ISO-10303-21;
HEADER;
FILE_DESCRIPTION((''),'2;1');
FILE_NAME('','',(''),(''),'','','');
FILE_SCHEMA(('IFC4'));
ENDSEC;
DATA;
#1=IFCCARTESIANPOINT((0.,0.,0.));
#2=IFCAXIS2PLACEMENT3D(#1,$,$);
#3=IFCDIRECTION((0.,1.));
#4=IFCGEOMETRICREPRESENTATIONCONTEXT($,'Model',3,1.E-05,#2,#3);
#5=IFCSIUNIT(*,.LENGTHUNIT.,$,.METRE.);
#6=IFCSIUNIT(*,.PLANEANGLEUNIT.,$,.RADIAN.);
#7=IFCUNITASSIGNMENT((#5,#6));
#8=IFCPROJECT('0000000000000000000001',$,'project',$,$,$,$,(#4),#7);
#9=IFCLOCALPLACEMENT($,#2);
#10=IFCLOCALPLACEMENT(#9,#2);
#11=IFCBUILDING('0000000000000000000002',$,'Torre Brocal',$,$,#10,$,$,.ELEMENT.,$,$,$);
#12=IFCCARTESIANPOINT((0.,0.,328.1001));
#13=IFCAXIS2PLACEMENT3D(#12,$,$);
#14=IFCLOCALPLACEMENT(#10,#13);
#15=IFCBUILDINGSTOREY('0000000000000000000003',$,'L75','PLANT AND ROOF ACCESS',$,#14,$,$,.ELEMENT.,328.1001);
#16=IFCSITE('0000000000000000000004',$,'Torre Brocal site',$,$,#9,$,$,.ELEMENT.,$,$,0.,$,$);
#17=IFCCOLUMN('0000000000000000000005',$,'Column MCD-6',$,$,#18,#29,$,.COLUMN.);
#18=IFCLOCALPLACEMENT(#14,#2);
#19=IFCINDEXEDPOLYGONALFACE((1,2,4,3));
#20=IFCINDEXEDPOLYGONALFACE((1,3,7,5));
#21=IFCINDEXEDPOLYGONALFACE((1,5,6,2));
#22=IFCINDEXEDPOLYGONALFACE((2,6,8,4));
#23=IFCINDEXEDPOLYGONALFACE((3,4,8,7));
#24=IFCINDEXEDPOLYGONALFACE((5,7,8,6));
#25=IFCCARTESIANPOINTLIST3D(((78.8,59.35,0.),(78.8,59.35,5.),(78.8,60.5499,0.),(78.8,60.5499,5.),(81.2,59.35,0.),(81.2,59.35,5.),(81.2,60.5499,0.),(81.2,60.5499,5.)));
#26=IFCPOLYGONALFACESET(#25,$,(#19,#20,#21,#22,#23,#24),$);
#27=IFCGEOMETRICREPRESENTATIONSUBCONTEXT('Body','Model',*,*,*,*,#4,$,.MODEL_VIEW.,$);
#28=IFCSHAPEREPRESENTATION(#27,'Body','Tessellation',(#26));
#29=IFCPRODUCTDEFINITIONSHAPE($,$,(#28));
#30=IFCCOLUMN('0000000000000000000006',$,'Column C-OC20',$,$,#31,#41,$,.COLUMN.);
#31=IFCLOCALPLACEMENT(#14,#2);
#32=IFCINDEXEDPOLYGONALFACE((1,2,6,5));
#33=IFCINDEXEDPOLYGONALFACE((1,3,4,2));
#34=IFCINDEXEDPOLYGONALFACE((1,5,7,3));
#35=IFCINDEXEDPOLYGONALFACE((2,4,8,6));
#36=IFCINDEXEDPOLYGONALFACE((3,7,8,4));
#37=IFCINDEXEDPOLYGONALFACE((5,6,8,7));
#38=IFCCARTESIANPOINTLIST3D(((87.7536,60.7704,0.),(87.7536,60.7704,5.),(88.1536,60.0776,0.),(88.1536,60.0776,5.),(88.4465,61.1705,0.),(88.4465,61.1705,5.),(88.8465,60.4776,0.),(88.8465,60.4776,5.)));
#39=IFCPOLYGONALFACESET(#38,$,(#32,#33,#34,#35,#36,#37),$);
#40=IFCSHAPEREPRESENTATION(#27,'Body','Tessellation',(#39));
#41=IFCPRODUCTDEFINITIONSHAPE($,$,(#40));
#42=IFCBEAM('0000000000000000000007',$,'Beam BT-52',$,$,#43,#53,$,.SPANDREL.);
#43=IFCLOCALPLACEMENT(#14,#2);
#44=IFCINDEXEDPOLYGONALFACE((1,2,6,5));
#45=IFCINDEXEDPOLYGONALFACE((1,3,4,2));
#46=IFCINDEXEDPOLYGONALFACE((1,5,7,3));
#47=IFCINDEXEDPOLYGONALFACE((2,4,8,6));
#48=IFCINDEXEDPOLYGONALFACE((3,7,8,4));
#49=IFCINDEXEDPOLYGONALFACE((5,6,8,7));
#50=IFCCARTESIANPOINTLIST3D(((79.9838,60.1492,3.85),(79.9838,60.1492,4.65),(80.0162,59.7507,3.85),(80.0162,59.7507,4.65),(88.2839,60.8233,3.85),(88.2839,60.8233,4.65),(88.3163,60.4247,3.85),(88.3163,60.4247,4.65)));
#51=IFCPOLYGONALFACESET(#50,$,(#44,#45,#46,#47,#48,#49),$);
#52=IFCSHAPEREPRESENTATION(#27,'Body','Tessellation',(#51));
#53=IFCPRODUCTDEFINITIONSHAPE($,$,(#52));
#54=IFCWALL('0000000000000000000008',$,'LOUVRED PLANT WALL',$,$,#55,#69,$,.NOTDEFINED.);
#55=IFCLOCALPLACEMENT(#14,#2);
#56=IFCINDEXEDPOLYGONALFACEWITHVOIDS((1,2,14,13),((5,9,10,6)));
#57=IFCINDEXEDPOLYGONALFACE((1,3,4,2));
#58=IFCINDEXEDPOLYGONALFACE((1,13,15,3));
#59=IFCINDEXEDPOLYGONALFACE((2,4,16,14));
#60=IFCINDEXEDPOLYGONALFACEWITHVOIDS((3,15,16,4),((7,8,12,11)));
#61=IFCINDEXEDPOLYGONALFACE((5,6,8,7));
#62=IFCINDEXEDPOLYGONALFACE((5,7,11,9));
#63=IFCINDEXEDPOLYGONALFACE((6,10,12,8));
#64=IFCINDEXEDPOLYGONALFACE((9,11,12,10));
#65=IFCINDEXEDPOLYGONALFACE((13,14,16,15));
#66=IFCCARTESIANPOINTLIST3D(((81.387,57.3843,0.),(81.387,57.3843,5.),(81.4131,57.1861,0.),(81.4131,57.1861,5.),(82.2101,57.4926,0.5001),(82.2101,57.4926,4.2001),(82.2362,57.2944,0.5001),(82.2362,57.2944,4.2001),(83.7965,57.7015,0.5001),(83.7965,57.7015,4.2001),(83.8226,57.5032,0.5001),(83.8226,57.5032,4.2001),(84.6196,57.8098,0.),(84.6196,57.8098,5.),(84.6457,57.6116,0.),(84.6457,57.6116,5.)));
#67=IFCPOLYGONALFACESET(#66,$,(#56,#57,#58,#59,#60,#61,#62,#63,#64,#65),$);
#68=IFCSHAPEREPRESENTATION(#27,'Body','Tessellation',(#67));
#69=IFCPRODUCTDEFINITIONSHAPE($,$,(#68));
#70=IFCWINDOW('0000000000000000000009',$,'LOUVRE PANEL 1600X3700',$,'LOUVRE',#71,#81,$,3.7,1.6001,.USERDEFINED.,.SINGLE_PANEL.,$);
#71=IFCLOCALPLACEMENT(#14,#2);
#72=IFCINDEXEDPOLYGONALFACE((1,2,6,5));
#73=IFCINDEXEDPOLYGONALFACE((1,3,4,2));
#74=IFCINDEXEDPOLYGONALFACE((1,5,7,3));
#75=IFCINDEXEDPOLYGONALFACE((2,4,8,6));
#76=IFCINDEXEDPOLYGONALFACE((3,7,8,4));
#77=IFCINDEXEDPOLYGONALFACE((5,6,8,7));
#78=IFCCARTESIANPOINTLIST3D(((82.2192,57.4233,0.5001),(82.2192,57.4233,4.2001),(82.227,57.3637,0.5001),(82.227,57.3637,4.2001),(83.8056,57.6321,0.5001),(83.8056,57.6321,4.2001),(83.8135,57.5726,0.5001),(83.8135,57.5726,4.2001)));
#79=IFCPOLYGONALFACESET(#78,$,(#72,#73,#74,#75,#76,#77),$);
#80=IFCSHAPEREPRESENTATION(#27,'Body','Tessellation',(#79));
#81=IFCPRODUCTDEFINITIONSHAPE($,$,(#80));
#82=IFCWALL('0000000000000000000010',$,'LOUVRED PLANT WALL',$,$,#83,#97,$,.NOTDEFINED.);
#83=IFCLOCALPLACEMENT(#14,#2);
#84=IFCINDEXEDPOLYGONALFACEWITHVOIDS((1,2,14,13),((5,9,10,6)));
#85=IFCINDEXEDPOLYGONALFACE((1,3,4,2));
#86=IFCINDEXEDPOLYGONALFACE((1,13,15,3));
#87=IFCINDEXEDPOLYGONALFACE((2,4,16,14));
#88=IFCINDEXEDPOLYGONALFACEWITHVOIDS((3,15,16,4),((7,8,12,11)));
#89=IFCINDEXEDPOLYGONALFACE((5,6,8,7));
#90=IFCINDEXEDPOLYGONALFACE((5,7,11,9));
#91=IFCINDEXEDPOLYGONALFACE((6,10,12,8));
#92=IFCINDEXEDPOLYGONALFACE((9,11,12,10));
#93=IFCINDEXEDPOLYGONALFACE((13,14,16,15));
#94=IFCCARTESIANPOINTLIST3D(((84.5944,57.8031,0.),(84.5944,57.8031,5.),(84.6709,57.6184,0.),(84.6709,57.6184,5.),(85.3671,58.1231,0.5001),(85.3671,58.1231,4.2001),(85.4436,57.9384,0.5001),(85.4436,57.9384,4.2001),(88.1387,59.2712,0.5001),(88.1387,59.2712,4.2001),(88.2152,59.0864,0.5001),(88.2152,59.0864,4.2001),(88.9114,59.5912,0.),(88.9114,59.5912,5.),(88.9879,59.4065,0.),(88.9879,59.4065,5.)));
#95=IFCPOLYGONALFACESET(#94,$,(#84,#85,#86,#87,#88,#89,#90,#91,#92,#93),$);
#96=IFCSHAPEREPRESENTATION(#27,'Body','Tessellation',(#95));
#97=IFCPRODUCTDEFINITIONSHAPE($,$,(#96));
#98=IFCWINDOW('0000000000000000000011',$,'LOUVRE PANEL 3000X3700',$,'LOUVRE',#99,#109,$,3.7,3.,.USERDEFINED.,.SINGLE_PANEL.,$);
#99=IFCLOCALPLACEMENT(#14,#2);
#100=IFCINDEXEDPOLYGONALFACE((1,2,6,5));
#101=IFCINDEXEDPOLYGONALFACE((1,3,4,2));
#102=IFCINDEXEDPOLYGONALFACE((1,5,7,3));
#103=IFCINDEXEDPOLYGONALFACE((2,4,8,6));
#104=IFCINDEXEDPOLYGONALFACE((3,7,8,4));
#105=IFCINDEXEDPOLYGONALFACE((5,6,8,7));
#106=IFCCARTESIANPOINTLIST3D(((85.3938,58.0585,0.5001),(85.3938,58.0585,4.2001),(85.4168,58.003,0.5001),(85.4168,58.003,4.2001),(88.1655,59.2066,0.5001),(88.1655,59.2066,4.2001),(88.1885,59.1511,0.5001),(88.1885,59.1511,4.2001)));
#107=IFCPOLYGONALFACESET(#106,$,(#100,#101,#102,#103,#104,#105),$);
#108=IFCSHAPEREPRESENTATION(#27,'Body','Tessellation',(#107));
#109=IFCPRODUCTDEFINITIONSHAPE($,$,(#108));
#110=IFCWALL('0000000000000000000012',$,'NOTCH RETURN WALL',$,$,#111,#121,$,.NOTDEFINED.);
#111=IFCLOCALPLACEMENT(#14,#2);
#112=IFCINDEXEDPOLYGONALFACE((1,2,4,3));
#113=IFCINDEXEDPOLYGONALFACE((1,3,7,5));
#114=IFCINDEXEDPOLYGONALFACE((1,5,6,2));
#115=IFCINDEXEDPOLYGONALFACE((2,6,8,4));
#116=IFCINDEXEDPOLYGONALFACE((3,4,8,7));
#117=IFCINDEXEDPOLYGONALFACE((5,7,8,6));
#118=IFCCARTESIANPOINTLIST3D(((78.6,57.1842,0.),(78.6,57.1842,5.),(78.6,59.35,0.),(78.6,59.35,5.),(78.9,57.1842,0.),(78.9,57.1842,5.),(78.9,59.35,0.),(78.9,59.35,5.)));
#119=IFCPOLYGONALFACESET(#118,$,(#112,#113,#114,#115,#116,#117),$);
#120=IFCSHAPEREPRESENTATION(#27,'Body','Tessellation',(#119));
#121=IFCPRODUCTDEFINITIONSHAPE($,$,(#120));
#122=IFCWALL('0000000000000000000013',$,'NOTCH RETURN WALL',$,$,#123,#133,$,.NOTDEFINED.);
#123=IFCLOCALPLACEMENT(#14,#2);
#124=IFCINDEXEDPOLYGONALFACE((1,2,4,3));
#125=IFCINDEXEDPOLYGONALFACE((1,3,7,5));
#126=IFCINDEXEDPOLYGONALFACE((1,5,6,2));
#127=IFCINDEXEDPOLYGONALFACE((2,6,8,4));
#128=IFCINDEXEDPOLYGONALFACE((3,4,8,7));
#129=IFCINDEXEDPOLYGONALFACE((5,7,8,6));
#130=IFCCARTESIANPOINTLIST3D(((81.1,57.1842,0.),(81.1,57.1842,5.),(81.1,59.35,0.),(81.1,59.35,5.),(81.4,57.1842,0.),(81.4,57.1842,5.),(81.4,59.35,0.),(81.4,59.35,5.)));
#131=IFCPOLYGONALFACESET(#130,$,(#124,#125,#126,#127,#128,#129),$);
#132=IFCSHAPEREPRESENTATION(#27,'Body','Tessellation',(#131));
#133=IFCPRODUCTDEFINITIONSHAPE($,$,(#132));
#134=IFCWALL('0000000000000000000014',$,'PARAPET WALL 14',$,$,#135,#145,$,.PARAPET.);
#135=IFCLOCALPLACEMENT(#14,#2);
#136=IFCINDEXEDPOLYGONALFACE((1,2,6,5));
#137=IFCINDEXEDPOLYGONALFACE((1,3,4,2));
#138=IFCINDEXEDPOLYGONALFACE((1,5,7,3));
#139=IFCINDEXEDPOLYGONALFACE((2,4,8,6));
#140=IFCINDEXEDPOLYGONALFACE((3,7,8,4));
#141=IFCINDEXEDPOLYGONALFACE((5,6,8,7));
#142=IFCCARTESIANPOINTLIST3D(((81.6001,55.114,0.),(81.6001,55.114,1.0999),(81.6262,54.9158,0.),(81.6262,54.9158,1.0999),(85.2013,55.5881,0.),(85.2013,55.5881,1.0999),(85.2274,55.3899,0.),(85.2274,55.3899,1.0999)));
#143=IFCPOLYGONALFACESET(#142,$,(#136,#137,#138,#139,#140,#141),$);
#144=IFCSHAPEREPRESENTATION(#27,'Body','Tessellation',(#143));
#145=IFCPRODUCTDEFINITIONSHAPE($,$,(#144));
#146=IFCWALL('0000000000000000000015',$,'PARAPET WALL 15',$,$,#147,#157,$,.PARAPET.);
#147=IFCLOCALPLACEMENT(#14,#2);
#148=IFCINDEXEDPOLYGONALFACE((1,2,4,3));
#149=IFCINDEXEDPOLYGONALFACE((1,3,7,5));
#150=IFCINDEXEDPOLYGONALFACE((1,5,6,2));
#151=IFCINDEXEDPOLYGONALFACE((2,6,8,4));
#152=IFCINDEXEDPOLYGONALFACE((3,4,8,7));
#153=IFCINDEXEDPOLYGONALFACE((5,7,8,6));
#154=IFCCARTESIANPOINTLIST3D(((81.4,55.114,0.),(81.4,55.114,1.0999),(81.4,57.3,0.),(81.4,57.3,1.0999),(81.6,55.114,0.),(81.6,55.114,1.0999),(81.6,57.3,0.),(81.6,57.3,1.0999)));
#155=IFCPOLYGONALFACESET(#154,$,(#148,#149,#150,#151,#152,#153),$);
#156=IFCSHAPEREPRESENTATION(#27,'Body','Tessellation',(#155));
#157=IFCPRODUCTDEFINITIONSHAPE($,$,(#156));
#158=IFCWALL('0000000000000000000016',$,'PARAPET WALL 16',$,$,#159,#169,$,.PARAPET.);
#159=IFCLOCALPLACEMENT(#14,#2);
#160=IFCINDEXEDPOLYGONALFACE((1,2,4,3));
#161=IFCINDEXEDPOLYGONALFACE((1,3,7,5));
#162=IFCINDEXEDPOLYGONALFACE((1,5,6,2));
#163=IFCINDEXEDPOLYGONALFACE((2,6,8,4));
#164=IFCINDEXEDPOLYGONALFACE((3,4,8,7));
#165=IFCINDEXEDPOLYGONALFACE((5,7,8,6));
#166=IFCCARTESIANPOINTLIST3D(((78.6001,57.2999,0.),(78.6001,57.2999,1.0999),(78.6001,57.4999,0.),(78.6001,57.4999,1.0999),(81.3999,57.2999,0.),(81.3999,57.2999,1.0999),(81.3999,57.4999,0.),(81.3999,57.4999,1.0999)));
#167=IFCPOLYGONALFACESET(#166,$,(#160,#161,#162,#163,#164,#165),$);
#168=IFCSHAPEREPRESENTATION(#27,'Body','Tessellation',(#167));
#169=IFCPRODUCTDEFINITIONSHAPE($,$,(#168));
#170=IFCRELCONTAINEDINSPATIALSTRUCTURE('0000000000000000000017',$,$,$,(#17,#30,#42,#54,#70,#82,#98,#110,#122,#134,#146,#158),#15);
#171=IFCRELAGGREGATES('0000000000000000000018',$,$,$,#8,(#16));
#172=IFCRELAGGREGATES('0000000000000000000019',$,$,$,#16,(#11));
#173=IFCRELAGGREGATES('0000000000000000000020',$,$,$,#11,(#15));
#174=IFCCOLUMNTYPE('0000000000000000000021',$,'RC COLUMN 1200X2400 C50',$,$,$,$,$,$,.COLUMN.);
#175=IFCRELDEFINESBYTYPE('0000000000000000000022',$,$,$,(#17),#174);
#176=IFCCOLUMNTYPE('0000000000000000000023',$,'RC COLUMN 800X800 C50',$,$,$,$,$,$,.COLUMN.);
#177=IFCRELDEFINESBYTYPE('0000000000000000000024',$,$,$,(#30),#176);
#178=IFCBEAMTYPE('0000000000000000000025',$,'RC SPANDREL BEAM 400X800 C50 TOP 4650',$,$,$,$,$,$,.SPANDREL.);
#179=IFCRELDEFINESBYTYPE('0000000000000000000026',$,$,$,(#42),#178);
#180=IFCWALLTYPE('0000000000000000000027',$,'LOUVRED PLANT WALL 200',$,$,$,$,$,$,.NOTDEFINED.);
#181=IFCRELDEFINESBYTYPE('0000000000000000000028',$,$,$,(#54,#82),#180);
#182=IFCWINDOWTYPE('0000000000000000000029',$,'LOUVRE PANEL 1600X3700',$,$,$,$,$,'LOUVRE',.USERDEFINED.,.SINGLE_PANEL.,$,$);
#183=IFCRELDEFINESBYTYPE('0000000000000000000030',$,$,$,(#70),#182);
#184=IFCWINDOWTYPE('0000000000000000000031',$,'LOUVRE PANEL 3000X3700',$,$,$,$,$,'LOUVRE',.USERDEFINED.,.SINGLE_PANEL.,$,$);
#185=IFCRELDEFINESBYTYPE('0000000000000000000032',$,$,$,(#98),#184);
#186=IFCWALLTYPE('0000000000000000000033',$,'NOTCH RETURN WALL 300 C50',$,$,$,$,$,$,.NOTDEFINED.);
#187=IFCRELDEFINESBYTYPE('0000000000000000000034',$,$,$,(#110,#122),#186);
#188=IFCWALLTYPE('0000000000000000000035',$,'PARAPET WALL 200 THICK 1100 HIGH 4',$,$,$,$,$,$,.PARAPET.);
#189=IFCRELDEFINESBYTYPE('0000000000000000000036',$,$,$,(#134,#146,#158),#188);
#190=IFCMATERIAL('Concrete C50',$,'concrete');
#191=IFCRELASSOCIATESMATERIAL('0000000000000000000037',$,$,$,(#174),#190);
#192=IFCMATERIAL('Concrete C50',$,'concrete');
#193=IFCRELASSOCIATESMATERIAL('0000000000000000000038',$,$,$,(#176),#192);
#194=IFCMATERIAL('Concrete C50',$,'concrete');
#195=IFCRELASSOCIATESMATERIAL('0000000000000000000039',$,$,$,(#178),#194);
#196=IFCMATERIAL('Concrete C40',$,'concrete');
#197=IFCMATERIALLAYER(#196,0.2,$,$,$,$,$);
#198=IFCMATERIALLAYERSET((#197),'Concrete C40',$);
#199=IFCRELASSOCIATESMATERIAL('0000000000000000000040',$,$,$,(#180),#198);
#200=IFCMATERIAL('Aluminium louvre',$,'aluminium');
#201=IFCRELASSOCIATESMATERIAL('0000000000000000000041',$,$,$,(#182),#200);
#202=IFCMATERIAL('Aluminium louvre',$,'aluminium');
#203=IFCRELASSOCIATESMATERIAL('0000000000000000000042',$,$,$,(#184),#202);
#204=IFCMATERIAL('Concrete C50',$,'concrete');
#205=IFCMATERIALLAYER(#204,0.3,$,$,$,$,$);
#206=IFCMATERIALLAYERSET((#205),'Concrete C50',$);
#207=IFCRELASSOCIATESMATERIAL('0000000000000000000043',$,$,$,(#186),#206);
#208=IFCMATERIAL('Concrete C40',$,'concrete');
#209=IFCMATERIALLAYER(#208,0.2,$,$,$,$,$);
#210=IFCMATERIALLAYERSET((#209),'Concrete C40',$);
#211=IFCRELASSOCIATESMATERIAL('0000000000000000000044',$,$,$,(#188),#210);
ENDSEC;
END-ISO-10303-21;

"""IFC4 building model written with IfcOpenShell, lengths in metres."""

from ifc_helpers import new_model, si_unit, direction, frame, frame_2d, origin, origin_2d, place, context, subcontext, project, spatial, rectangle, extrude, material, layer, layer_set, material_profile, profile_set, type_object, element, fill, save


model = new_model("IFC4")

# Units and contexts
model_context = context("Model", 3, precision=1e-05, world=origin(), true_north=direction((0.0, 1.0)))
body_context = subcontext(model_context, "Body", "Model", "MODEL_VIEW")
ifc_project = project(units=[si_unit("LENGTHUNIT", "METRE"), si_unit("PLANEANGLEUNIT", "RADIAN")], contexts=[model_context])

# Site, building, storey
site_placement = place(None, origin())
site = spatial("IfcSite", under=ifc_project, at=site_placement, Name="Torre Brocal site", CompositionType="ELEMENT", RefElevation=0.0)
building_placement = place(site_placement, origin())
building = spatial("IfcBuilding", under=site, at=building_placement, Name="Torre Brocal", CompositionType="ELEMENT")
storey_placement = place(building_placement, frame((0.0, 0.0, 328.1001)))
storey = spatial("IfcBuildingStorey", under=building, at=storey_placement, Name="L75", Description="PLANT AND ROOF ACCESS", CompositionType="ELEMENT", Elevation=328.1001)

# Columns
ifc_material_1 = material(Name="Concrete C50", Category="concrete")
ifc_material_profile_1 = material_profile(ifc_material_1, rectangle(XDim=1.2, YDim=2.3999, at=origin_2d()), Name="RC 1200X2400")
ifc_profile_set_1 = profile_set([ifc_material_profile_1], Name="Concrete C50")
column_type_1 = type_object("IfcColumnType", Name="RC COLUMN 1200X2400 C50", PredefinedType="COLUMN", material=ifc_profile_set_1)
column_1_placement = place(storey_placement, frame((80.0, 59.95, 0.0), z_axis=(0.0, 0.0, 1.0), x_axis=(0.0, -1.0, 0.0)))
element("IfcColumn", 1, at=column_1_placement, inside=storey, type_object=column_type_1, Name="Column MCD-6", PredefinedType="COLUMN", context=body_context, shape_type="SweptSolid", body=[
    extrude(rectangle(XDim=1.2, YDim=2.3999, at=origin_2d()), origin(), (0.0, 0.0, 1.0), 5.0),
])
ifc_material_2 = material(Name="Concrete C50", Category="concrete")
ifc_material_profile_2 = material_profile(ifc_material_2, rectangle(XDim=0.8, YDim=0.8, at=origin_2d()), Name="RC 800X800")
ifc_profile_set_2 = profile_set([ifc_material_profile_2], Name="Concrete C50")
column_type_2 = type_object("IfcColumnType", Name="RC COLUMN 800X800 C50", PredefinedType="COLUMN", material=ifc_profile_set_2)
column_2_placement = place(storey_placement, frame((88.3, 60.624, 0.0), z_axis=(0.0, 0.0, 1.0), x_axis=(0.5, -0.866025, 0.0)))
element("IfcColumn", 2, at=column_2_placement, inside=storey, type_object=column_type_2, Name="Column C-OC20", PredefinedType="COLUMN", context=body_context, shape_type="SweptSolid", body=[
    extrude(rectangle(XDim=0.8, YDim=0.8, at=origin_2d()), origin(), (0.0, 0.0, 1.0), 5.0),
])

# Beam
ifc_material_3 = material(Name="Concrete C50", Category="concrete")
ifc_material_profile_3 = material_profile(ifc_material_3, rectangle(XDim=0.3999, YDim=0.8, at=origin_2d()), Name="RC 400X800")
ifc_profile_set_3 = profile_set([ifc_material_profile_3], Name="Concrete C50")
beam_type = type_object("IfcBeamType", Name="RC SPANDREL BEAM 400X800 C50 TOP 4650", PredefinedType="SPANDREL", material=ifc_profile_set_3)
beam_placement = place(storey_placement, frame((80.0, 59.95, 4.25), z_axis=(0.996718, 0.080947, 0.0), x_axis=(-0.080947, 0.996718, 0.0)))
element("IfcBeam", 3, at=beam_placement, inside=storey, type_object=beam_type, Name="Beam BT-52", PredefinedType="SPANDREL", context=body_context, shape_type="SweptSolid", body=[
    extrude(rectangle(XDim=0.3999, YDim=0.8, at=origin_2d()), origin(), (0.0, 0.0, 1.0), 8.3274),
])

# Walls, openings, windows
ifc_material_4 = material(Name="Concrete C40", Category="concrete")
ifc_layer_1 = layer(ifc_material_4, 0.2)
ifc_layer_set_1 = layer_set([ifc_layer_1], Name="Concrete C40")
wall_type_1 = type_object("IfcWallType", Name="LOUVRED PLANT WALL 200", PredefinedType="NOTDEFINED", material=ifc_layer_set_1)
wall_1_placement = place(storey_placement, frame((81.3999, 57.2852, 0.0), z_axis=(0.0, 0.0, 1.0), x_axis=(0.991447, 0.130511, 0.0)))
wall_1 = element("IfcWall", 4, at=wall_1_placement, inside=storey, type_object=wall_type_1, Name="LOUVRED PLANT WALL", PredefinedType="NOTDEFINED", context=body_context, shape_type="SweptSolid", body=[
    extrude(rectangle(XDim=3.2605, YDim=0.2, at=frame_2d((1.6304, 0.0))), origin(), (0.0, 0.0, 1.0), 5.0),
])
opening_1_placement = place(wall_1_placement, frame((0.8303, 0.0, 0.5)))
opening_1 = element("IfcOpeningElement", 5, at=opening_1_placement, cuts=wall_1, PredefinedType="OPENING", context=body_context, shape_type="SweptSolid", body=[
    extrude(rectangle(XDim=1.6001, YDim=3.7, at=frame_2d((0.8, 1.8501))), frame((0.0, 0.1099, 0.0), z_axis=(0.0, -1.0, 0.0), x_axis=(1.0, 0.0, 0.0)), (0.0, 0.0, 1.0), 0.22),
])
ifc_material_5 = material(Name="Aluminium louvre", Category="aluminium")
window_type_1 = type_object("IfcWindowType", Name="LOUVRE PANEL 1600X3700", ElementType="LOUVRE", PartitioningType="SINGLE_PANEL", PredefinedType="USERDEFINED", material=ifc_material_5)
window_1_placement = place(opening_1_placement, origin())
window_1 = element("IfcWindow", 6, at=window_1_placement, inside=storey, type_object=window_type_1, Name="LOUVRE PANEL 1600X3700", ObjectType="LOUVRE", OverallHeight=3.7, OverallWidth=1.6001, PartitioningType="SINGLE_PANEL", PredefinedType="USERDEFINED", context=body_context, shape_type="SweptSolid", body=[
    extrude(rectangle(XDim=1.6001, YDim=3.7, at=frame_2d((0.8, 1.8501))), frame((0.0, 0.03, 0.0), z_axis=(0.0, -1.0, 0.0), x_axis=(1.0, 0.0, 0.0)), (0.0, 0.0, 1.0), 0.0601),
])
fill(opening_1, window_1)
wall_2_placement = place(storey_placement, frame((84.6326, 57.7107, 0.0), z_axis=(0.0, 0.0, 1.0), x_axis=(0.923882, 0.382678, 0.0)))
wall_2 = element("IfcWall", 7, at=wall_2_placement, inside=storey, type_object=wall_type_1, Name="LOUVRED PLANT WALL", PredefinedType="NOTDEFINED", context=body_context, shape_type="SweptSolid", body=[
    extrude(rectangle(XDim=4.6726, YDim=0.2, at=frame_2d((2.3364, 0.0))), origin(), (0.0, 0.0, 1.0), 5.0),
])
opening_2_placement = place(wall_2_placement, frame((0.8364, 0.0, 0.5)))
opening_2 = element("IfcOpeningElement", 8, at=opening_2_placement, cuts=wall_2, PredefinedType="OPENING", context=body_context, shape_type="SweptSolid", body=[
    extrude(rectangle(XDim=3.0, YDim=3.7, at=frame_2d((1.5, 1.8501))), frame((0.0, 0.1099, 0.0), z_axis=(0.0, -1.0, 0.0), x_axis=(1.0, 0.0, 0.0)), (0.0, 0.0, 1.0), 0.22),
])
ifc_material_6 = material(Name="Aluminium louvre", Category="aluminium")
window_type_2 = type_object("IfcWindowType", Name="LOUVRE PANEL 3000X3700", ElementType="LOUVRE", PartitioningType="SINGLE_PANEL", PredefinedType="USERDEFINED", material=ifc_material_6)
window_2_placement = place(opening_2_placement, origin())
window_2 = element("IfcWindow", 9, at=window_2_placement, inside=storey, type_object=window_type_2, Name="LOUVRE PANEL 3000X3700", ObjectType="LOUVRE", OverallHeight=3.7, OverallWidth=3.0, PartitioningType="SINGLE_PANEL", PredefinedType="USERDEFINED", context=body_context, shape_type="SweptSolid", body=[
    extrude(rectangle(XDim=3.0, YDim=3.7, at=frame_2d((1.5, 1.8501))), frame((0.0, 0.03, 0.0), z_axis=(0.0, -1.0, 0.0), x_axis=(1.0, 0.0, 0.0)), (0.0, 0.0, 1.0), 0.0601),
])
fill(opening_2, window_2)

# Walls
ifc_material_7 = material(Name="Concrete C50", Category="concrete")
ifc_layer_2 = layer(ifc_material_7, 0.3)
ifc_layer_set_2 = layer_set([ifc_layer_2], Name="Concrete C50")
wall_type_2 = type_object("IfcWallType", Name="NOTCH RETURN WALL 300 C50", PredefinedType="NOTDEFINED", material=ifc_layer_set_2)
for number, where, z_axis, x_axis, name in (
    (10, (78.75, 59.3501, 0.0), (0.0, 0.0, 1.0), (0.0, -1.0, 0.0), "NOTCH RETURN WALL"),
    (11, (81.25, 59.3501, 0.0), (0.0, 0.0, 1.0), (0.0, -1.0, 0.0), "NOTCH RETURN WALL"),
):
    element("IfcWall", number, at=place(storey_placement, frame(where, z_axis=z_axis, x_axis=x_axis)), inside=storey, type_object=wall_type_2, Name=name, PredefinedType="NOTDEFINED", context=body_context, shape_type="SweptSolid", body=[
        extrude(rectangle(XDim=2.1658, YDim=0.3, at=frame_2d((1.083, 0.0))), origin(), (0.0, 0.0, 1.0), 5.0),
    ])
ifc_material_8 = material(Name="Concrete C40", Category="concrete")
ifc_layer_3 = layer(ifc_material_8, 0.2)
ifc_layer_set_3 = layer_set([ifc_layer_3], Name="Concrete C40")
wall_type_3 = type_object("IfcWallType", Name="PARAPET WALL 200 THICK 1100 HIGH 4", PredefinedType="PARAPET", material=ifc_layer_set_3)
wall_3_placement = place(storey_placement, frame((85.2144, 55.489, 0.0), z_axis=(0.0, 0.0, 1.0), x_axis=(-0.991445, -0.130526, 0.0)))
element("IfcWall", 12, at=wall_3_placement, inside=storey, type_object=wall_type_3, Name="PARAPET WALL 14", PredefinedType="PARAPET", context=body_context, shape_type="SweptSolid", body=[
    extrude(rectangle(XDim=3.6323, YDim=0.2, at=frame_2d((1.8162, 0.0))), origin(), (0.0, 0.0, 1.0), 1.0999),
])
wall_4_placement = place(storey_placement, frame((81.5, 55.114, 0.0), z_axis=(0.0, 0.0, 1.0), x_axis=(0.0, 1.0, 0.0)))
element("IfcWall", 13, at=wall_4_placement, inside=storey, type_object=wall_type_3, Name="PARAPET WALL 15", PredefinedType="PARAPET", context=body_context, shape_type="SweptSolid", body=[
    extrude(rectangle(XDim=2.186, YDim=0.2, at=frame_2d((1.093, 0.0))), origin(), (0.0, 0.0, 1.0), 1.0999),
])
wall_5_placement = place(storey_placement, frame((81.3999, 57.3999, 0.0), z_axis=(0.0, 0.0, 1.0), x_axis=(-1.0, 0.0, 0.0)))
element("IfcWall", 14, at=wall_5_placement, inside=storey, type_object=wall_type_3, Name="PARAPET WALL 16", PredefinedType="PARAPET", context=body_context, shape_type="SweptSolid", body=[
    extrude(rectangle(XDim=2.7998, YDim=0.2, at=frame_2d((1.3999, 0.0))), origin(), (0.0, 0.0, 1.0), 1.0999),
])

save(model, "model.ifc")
